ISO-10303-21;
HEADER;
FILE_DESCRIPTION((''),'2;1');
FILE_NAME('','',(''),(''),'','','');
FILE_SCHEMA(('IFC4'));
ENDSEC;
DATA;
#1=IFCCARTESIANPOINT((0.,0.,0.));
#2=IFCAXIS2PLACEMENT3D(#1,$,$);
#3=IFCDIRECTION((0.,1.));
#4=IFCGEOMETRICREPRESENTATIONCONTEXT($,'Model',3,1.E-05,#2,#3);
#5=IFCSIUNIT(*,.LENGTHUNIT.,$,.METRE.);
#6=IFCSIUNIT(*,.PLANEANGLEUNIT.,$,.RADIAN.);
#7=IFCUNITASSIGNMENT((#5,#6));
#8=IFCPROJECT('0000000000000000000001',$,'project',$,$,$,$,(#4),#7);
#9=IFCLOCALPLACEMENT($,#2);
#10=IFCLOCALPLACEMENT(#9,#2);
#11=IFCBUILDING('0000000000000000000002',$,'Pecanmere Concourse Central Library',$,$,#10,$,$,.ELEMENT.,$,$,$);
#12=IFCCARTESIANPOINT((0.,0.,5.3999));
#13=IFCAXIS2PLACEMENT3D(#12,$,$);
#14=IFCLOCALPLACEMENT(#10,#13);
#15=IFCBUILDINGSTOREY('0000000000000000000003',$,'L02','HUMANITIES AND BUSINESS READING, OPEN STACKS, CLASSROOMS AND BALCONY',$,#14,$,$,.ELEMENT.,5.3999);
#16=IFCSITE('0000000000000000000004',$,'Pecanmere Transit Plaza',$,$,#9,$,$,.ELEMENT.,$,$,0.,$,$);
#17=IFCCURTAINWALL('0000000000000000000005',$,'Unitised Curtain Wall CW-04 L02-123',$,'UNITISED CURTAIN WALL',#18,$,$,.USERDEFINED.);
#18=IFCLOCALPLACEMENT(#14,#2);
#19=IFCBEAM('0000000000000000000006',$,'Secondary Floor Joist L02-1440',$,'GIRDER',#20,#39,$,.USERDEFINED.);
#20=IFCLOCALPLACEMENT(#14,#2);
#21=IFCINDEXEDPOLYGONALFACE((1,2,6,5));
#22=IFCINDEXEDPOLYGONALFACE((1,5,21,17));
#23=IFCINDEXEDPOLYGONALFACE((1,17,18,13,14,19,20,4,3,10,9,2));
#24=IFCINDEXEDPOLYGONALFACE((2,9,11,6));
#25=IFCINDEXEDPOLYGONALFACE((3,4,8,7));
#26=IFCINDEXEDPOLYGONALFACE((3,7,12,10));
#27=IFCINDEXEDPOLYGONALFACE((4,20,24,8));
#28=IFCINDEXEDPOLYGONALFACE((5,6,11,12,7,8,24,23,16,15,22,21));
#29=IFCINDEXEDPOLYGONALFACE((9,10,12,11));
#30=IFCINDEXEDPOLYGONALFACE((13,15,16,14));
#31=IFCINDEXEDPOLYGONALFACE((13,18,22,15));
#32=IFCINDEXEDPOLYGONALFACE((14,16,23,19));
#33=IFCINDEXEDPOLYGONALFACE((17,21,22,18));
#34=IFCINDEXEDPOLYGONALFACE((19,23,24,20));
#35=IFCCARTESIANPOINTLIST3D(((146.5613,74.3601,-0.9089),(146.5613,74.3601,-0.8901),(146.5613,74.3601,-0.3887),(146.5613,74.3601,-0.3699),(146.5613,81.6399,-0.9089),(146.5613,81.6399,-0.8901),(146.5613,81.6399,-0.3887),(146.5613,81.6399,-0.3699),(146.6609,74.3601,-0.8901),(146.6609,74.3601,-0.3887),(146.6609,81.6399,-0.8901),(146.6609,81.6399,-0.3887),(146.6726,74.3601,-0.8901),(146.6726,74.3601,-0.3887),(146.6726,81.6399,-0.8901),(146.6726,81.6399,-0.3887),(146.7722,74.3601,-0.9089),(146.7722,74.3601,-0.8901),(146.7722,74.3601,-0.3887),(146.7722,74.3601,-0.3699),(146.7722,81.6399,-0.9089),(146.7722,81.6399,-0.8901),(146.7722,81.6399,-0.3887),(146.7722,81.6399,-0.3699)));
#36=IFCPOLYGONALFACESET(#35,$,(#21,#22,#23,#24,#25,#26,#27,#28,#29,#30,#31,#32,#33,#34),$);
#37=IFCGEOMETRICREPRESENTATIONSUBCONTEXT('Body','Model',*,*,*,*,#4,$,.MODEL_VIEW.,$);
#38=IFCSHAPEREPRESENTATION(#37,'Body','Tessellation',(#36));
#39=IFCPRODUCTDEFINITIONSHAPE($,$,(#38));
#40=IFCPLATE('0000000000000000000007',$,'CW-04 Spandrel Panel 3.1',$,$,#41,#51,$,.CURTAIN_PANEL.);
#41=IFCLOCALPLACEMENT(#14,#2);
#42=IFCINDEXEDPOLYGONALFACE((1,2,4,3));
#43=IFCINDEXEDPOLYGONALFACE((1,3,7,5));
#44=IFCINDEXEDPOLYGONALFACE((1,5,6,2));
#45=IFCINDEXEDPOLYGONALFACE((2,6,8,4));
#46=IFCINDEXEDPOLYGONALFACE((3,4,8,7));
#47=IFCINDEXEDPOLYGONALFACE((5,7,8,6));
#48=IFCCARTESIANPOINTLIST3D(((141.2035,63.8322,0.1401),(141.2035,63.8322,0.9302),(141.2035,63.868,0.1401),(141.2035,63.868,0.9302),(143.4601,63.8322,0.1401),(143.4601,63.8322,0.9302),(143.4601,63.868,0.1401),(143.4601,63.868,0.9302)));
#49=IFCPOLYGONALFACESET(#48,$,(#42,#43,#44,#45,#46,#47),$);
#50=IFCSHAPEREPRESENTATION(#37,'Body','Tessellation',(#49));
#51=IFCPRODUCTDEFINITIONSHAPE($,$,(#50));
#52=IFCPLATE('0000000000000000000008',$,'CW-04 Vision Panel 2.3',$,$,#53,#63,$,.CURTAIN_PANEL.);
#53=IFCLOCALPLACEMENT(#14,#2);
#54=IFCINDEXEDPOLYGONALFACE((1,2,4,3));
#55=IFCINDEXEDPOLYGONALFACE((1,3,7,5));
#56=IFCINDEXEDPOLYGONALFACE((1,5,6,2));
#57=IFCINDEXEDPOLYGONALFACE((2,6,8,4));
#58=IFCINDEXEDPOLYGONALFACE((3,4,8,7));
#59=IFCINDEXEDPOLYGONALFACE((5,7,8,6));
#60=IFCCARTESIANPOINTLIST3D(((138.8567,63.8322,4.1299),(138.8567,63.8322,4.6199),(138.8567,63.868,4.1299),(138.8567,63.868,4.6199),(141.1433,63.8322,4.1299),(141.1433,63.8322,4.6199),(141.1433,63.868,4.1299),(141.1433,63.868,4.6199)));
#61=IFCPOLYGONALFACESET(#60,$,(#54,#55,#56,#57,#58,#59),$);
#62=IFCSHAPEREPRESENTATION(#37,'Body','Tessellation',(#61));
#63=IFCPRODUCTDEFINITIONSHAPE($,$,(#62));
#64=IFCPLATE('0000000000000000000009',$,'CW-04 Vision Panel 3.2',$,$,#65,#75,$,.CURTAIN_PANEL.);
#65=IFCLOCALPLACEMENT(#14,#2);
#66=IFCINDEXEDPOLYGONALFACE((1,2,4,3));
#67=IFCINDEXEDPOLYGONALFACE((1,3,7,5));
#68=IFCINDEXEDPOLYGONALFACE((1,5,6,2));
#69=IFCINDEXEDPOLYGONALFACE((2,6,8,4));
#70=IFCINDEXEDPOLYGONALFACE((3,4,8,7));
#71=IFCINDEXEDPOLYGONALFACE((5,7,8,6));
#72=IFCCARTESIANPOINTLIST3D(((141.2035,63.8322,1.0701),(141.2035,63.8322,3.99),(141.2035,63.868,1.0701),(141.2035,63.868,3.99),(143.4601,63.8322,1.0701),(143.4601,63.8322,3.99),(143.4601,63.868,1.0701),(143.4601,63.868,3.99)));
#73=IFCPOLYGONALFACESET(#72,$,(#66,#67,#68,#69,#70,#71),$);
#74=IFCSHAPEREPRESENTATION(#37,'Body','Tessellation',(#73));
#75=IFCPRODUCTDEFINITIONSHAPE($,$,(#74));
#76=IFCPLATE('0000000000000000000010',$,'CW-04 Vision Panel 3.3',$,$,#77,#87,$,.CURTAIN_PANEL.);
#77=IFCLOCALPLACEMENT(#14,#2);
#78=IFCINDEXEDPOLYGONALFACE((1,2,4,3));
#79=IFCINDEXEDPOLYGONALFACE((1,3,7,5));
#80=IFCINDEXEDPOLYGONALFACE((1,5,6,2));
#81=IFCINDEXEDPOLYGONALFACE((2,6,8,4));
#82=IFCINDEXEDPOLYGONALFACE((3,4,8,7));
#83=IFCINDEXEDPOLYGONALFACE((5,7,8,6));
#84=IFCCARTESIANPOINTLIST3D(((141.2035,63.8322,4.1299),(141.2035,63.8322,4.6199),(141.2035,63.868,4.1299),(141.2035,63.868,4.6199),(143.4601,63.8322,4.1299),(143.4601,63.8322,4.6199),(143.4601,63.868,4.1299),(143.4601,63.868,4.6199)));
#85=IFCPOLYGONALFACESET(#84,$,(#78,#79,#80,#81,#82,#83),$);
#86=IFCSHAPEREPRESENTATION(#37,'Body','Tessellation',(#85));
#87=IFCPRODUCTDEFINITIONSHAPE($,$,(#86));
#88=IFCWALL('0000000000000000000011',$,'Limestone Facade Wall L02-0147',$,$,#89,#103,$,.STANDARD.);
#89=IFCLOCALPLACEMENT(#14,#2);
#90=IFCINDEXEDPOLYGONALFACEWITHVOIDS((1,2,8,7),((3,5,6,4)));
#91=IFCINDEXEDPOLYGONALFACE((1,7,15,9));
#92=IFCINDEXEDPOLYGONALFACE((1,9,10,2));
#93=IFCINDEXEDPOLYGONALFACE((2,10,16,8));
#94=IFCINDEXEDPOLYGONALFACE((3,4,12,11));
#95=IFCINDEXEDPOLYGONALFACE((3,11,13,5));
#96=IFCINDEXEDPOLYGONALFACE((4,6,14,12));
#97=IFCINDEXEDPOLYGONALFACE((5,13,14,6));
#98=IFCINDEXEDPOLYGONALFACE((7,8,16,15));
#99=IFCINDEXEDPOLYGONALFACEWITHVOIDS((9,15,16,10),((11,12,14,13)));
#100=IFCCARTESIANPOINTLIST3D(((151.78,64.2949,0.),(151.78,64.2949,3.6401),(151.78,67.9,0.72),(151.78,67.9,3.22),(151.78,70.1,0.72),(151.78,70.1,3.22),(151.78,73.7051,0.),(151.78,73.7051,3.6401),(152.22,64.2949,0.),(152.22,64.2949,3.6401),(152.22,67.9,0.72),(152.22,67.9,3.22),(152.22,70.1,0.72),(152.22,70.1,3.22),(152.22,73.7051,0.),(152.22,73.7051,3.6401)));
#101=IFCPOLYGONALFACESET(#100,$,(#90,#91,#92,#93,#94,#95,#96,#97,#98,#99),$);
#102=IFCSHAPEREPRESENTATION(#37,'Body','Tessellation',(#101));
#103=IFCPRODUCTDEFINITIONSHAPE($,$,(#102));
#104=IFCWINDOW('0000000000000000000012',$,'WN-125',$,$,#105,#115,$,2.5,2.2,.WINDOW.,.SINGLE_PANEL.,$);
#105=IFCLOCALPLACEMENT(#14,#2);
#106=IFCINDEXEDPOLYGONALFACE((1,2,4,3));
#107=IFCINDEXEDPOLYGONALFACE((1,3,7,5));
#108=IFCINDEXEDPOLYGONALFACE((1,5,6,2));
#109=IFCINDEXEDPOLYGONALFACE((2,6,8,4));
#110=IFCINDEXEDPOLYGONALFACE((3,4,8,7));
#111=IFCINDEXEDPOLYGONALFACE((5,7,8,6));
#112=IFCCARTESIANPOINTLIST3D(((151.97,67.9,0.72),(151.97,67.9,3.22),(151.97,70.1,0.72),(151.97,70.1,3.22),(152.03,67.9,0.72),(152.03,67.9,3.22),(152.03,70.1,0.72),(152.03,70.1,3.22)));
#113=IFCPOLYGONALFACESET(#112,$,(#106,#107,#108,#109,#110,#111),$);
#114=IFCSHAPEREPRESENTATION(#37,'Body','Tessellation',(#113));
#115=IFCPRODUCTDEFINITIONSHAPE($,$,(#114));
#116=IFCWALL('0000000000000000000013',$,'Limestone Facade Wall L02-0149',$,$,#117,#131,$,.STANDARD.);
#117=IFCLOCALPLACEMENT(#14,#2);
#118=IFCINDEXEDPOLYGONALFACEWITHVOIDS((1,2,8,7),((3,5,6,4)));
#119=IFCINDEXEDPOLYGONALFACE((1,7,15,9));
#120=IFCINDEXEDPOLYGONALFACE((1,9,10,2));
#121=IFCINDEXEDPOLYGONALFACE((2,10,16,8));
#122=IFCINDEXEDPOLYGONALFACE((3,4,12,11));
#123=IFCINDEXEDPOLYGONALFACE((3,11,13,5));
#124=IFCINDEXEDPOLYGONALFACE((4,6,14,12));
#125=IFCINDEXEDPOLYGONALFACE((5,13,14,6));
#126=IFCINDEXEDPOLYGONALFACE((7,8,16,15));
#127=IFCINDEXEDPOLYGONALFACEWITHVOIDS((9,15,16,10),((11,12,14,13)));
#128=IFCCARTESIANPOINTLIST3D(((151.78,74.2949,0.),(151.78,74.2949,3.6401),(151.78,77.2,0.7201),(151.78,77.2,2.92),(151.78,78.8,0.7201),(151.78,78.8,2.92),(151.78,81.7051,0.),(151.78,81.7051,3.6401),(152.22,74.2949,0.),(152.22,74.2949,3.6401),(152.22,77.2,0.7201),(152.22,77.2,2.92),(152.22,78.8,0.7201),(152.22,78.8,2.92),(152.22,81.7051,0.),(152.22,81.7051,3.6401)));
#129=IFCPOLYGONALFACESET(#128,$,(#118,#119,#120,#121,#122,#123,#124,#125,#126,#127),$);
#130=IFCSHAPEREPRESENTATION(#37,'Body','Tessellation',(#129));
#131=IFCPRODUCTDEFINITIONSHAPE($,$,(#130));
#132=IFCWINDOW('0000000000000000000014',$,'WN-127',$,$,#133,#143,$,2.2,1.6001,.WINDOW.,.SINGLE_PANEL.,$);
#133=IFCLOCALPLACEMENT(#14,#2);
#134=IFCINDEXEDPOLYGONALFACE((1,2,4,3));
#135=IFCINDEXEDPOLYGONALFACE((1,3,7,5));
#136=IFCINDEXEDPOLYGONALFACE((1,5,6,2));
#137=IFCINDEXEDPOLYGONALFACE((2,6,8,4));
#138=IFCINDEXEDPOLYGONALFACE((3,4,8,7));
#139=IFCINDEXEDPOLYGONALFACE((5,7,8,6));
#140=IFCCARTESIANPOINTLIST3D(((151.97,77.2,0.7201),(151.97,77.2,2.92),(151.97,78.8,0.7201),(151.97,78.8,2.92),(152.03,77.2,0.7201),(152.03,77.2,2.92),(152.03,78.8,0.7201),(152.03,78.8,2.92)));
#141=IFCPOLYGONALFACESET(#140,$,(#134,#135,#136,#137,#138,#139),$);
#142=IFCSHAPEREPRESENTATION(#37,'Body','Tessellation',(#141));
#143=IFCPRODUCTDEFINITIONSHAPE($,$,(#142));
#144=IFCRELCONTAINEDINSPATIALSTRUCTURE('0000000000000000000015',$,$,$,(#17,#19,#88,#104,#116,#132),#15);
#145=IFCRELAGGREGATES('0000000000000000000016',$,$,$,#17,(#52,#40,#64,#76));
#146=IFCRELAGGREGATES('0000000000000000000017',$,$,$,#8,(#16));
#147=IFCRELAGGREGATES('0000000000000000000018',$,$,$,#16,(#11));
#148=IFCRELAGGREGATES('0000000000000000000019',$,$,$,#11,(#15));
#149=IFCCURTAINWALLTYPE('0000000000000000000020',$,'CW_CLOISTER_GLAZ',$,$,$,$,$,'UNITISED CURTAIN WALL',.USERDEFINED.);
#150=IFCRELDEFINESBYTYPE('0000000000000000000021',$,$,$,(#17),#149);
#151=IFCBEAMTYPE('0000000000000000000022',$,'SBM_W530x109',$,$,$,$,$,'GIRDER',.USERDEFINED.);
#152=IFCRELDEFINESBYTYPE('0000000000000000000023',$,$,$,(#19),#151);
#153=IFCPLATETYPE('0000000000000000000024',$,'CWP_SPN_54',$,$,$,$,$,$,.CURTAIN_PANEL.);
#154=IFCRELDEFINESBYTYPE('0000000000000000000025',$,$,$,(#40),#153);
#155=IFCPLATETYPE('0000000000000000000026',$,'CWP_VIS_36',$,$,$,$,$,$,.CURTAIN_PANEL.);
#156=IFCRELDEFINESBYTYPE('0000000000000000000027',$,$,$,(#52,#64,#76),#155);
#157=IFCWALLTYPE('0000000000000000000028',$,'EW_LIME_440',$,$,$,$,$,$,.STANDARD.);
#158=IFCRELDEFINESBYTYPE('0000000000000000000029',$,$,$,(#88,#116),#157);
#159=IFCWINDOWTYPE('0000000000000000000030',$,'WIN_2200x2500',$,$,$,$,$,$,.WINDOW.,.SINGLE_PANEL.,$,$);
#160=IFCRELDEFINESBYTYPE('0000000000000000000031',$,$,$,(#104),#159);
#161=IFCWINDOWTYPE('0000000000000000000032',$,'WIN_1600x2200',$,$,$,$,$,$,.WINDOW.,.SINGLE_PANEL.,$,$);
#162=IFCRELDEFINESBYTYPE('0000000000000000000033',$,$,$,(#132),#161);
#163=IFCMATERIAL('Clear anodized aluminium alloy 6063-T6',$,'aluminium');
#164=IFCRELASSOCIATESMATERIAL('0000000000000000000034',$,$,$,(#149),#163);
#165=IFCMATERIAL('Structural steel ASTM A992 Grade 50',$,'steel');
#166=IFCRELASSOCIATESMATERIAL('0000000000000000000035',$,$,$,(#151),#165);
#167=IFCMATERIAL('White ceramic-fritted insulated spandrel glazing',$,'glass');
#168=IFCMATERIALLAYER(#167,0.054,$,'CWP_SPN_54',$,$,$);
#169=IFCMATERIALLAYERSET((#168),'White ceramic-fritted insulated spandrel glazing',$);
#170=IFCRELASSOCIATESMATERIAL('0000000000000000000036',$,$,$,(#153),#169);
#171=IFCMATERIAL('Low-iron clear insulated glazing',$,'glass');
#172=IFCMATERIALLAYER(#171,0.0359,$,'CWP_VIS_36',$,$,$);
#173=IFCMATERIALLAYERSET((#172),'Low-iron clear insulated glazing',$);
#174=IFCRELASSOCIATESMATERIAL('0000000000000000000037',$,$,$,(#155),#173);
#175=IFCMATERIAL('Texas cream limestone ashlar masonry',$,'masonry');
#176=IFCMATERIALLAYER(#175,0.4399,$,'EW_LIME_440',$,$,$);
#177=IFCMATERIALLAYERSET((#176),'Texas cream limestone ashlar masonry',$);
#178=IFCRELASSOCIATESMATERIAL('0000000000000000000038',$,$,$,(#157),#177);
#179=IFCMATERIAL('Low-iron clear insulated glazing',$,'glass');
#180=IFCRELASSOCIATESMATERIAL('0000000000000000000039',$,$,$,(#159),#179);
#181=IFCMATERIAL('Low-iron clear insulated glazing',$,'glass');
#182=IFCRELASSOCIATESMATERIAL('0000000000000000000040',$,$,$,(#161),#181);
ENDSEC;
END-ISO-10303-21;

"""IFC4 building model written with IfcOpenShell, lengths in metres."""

from ifc_helpers import new_model, si_unit, direction, frame, frame_2d, origin, origin_2d, place, context, subcontext, project, spatial, rectangle, i_section, extrude, material, layer, layer_set, material_profile, profile_set, type_object, element, fill, aggregate, save


model = new_model("IFC4")

# Units and contexts
model_context = context("Model", 3, precision=1e-05, world=origin(), true_north=direction((0.0, 1.0)))
body_context = subcontext(model_context, "Body", "Model", "MODEL_VIEW")
ifc_project = project(units=[si_unit("LENGTHUNIT", "METRE"), si_unit("PLANEANGLEUNIT", "RADIAN")], contexts=[model_context])

# Site, building, storey
site_placement = place(None, origin())
site = spatial("IfcSite", under=ifc_project, at=site_placement, Name="Pecanmere Transit Plaza", CompositionType="ELEMENT", RefElevation=0.0)
building_placement = place(site_placement, origin())
building = spatial("IfcBuilding", under=site, at=building_placement, Name="Pecanmere Concourse Central Library", CompositionType="ELEMENT")
storey_placement = place(building_placement, frame((0.0, 0.0, 5.3999)))
storey = spatial("IfcBuildingStorey", under=building, at=storey_placement, Name="L02", Description="HUMANITIES AND BUSINESS READING, OPEN STACKS, CLASSROOMS AND BALCONY", CompositionType="ELEMENT", Elevation=5.3999)

# Curtain wall
ifc_material_1 = material(Name="Clear anodized aluminium alloy 6063-T6", Category="aluminium")
curtain_wall_type = type_object("IfcCurtainWallType", Name="CW_CLOISTER_GLAZ", ElementType="UNITISED CURTAIN WALL", PredefinedType="USERDEFINED", material=ifc_material_1)
curtain_wall_placement = place(storey_placement, origin())
curtain_wall = element("IfcCurtainWall", 1, at=curtain_wall_placement, inside=storey, type_object=curtain_wall_type, Name="Unitised Curtain Wall CW-04 L02-123", ObjectType="UNITISED CURTAIN WALL", PredefinedType="USERDEFINED")

# Beam
ifc_material_2 = material(Name="Structural steel ASTM A992 Grade 50", Category="steel")
ifc_material_profile_1 = material_profile(ifc_material_2, i_section(OverallWidth=0.2109, OverallDepth=0.5391, WebThickness=0.0117, FlangeThickness=0.0188, at=origin_2d()), Name="W530x109")
ifc_profile_set_1 = profile_set([ifc_material_profile_1], Name="Structural steel ASTM A992 Grade 50")
beam_type_1 = type_object("IfcBeamType", Name="SBM_W530x109", ElementType="GIRDER", PredefinedType="USERDEFINED", material=ifc_profile_set_1)
beam_1_placement = place(storey_placement, frame((146.6667, 74.3601, -0.6394), z_axis=(0.0, 1.0, 0.0), x_axis=(-1.0, 0.0, 0.0)))
element("IfcBeam", 2, at=beam_1_placement, inside=storey, type_object=beam_type_1, Name="Secondary Floor Joist L02-1440", ObjectType="GIRDER", PredefinedType="USERDEFINED", context=body_context, shape_type="SweptSolid", body=[
    extrude(i_section(OverallWidth=0.2109, OverallDepth=0.5391, WebThickness=0.0117, FlangeThickness=0.0188, at=origin_2d()), origin(), (0.0, 0.0, 1.0), 7.2798),
])

# Plates
ifc_material_3 = material(Name="White ceramic-fritted insulated spandrel glazing", Category="glass")
ifc_layer_1 = layer(ifc_material_3, 0.054, Name="CWP_SPN_54")
ifc_layer_set_1 = layer_set([ifc_layer_1], Name="White ceramic-fritted insulated spandrel glazing")
plate_type_1 = type_object("IfcPlateType", Name="CWP_SPN_54", PredefinedType="CURTAIN_PANEL", material=ifc_layer_set_1)
plate_1_placement = place(storey_placement, frame((142.3318, 63.8501, 0.1401), z_axis=(0.0, 0.0, 1.0), x_axis=(1.0, 0.0, 0.0)))
plate_1 = element("IfcPlate", 3, at=plate_1_placement, type_object=plate_type_1, Name="CW-04 Spandrel Panel 3.1", PredefinedType="CURTAIN_PANEL", context=body_context, shape_type="SweptSolid", body=[
    extrude(rectangle(XDim=2.2566, YDim=0.0359, at=origin_2d()), origin(), (0.0, 0.0, 1.0), 0.79),
])
ifc_material_4 = material(Name="Low-iron clear insulated glazing", Category="glass")
ifc_layer_2 = layer(ifc_material_4, 0.0359, Name="CWP_VIS_36")
ifc_layer_set_2 = layer_set([ifc_layer_2], Name="Low-iron clear insulated glazing")
plate_type_2 = type_object("IfcPlateType", Name="CWP_VIS_36", PredefinedType="CURTAIN_PANEL", material=ifc_layer_set_2)
plate_2_placement = place(storey_placement, frame((140.0, 63.8501, 4.1299), z_axis=(0.0, 0.0, 1.0), x_axis=(1.0, 0.0, 0.0)))
plate_2 = element("IfcPlate", 4, at=plate_2_placement, type_object=plate_type_2, Name="CW-04 Vision Panel 2.3", PredefinedType="CURTAIN_PANEL", context=body_context, shape_type="SweptSolid", body=[
    extrude(rectangle(XDim=2.2866, YDim=0.0359, at=origin_2d()), origin(), (0.0, 0.0, 1.0), 0.49),
])
plate_3_placement = place(storey_placement, frame((142.3318, 63.8501, 1.0701), z_axis=(0.0, 0.0, 1.0), x_axis=(1.0, 0.0, 0.0)))
plate_3 = element("IfcPlate", 5, at=plate_3_placement, type_object=plate_type_2, Name="CW-04 Vision Panel 3.2", PredefinedType="CURTAIN_PANEL", context=body_context, shape_type="SweptSolid", body=[
    extrude(rectangle(XDim=2.2566, YDim=0.0359, at=origin_2d()), origin(), (0.0, 0.0, 1.0), 2.9199),
])
plate_4_placement = place(storey_placement, frame((142.3318, 63.8501, 4.1299), z_axis=(0.0, 0.0, 1.0), x_axis=(1.0, 0.0, 0.0)))
plate_4 = element("IfcPlate", 6, at=plate_4_placement, type_object=plate_type_2, Name="CW-04 Vision Panel 3.3", PredefinedType="CURTAIN_PANEL", context=body_context, shape_type="SweptSolid", body=[
    extrude(rectangle(XDim=2.2566, YDim=0.0359, at=origin_2d()), origin(), (0.0, 0.0, 1.0), 0.49),
])
aggregate(curtain_wall, [plate_2, plate_1, plate_3, plate_4])

# Walls, openings, windows
ifc_material_5 = material(Name="Texas cream limestone ashlar masonry", Category="masonry")
ifc_layer_3 = layer(ifc_material_5, 0.4399, Name="EW_LIME_440")
ifc_layer_set_3 = layer_set([ifc_layer_3], Name="Texas cream limestone ashlar masonry")
wall_type = type_object("IfcWallType", Name="EW_LIME_440", PredefinedType="STANDARD", material=ifc_layer_set_3)
wall_1_placement = place(storey_placement, frame((152.0, 64.2949, 0.0), z_axis=(0.0, 0.0, 1.0), x_axis=(0.0, 1.0, 0.0)))
wall_1 = element("IfcWall", 7, at=wall_1_placement, inside=storey, type_object=wall_type, Name="Limestone Facade Wall L02-0147", PredefinedType="STANDARD", context=body_context, shape_type="SweptSolid", body=[
    extrude(rectangle(XDim=9.4102, YDim=0.4399, at=frame_2d((4.7051, 0.0))), origin(), (0.0, 0.0, 1.0), 3.6401),
])
opening_1_placement = place(wall_1_placement, frame((3.605, 0.0, 0.72)))
opening_1 = element("IfcOpeningElement", 8, at=opening_1_placement, cuts=wall_1, PredefinedType="OPENING", context=body_context, shape_type="SweptSolid", body=[
    extrude(rectangle(XDim=2.2, YDim=2.5, at=frame_2d((1.1001, 1.25))), frame((0.0, 0.2319, 0.0), z_axis=(0.0, -1.0, 0.0), x_axis=(1.0, 0.0, 0.0)), (0.0, 0.0, 1.0), 0.4639),
])
ifc_material_6 = material(Name="Low-iron clear insulated glazing", Category="glass")
window_type_1 = type_object("IfcWindowType", Name="WIN_2200x2500", PartitioningType="SINGLE_PANEL", PredefinedType="WINDOW", material=ifc_material_6)
window_1_placement = place(opening_1_placement, origin())
window_1 = element("IfcWindow", 9, at=window_1_placement, inside=storey, type_object=window_type_1, Name="WN-125", OverallHeight=2.5, OverallWidth=2.2, PartitioningType="SINGLE_PANEL", PredefinedType="WINDOW", context=body_context, shape_type="SweptSolid", body=[
    extrude(rectangle(XDim=2.2, YDim=2.5, at=frame_2d((1.1001, 1.25))), frame((0.0, 0.03, 0.0), z_axis=(0.0, -1.0, 0.0), x_axis=(1.0, 0.0, 0.0)), (0.0, 0.0, 1.0), 0.0601),
])
fill(opening_1, window_1)
wall_2_placement = place(storey_placement, frame((152.0, 74.2949, 0.0), z_axis=(0.0, 0.0, 1.0), x_axis=(0.0, 1.0, 0.0)))
wall_2 = element("IfcWall", 10, at=wall_2_placement, inside=storey, type_object=wall_type, Name="Limestone Facade Wall L02-0149", PredefinedType="STANDARD", context=body_context, shape_type="SweptSolid", body=[
    extrude(rectangle(XDim=7.4102, YDim=0.4399, at=frame_2d((3.7051, 0.0))), origin(), (0.0, 0.0, 1.0), 3.6401),
])
opening_2_placement = place(wall_2_placement, frame((2.905, 0.0, 0.72)))
opening_2 = element("IfcOpeningElement", 11, at=opening_2_placement, cuts=wall_2, PredefinedType="OPENING", context=body_context, shape_type="SweptSolid", body=[
    extrude(rectangle(XDim=1.6001, YDim=2.2, at=frame_2d((0.8, 1.1001))), frame((0.0, 0.2319, 0.0), z_axis=(0.0, -1.0, 0.0), x_axis=(1.0, 0.0, 0.0)), (0.0, 0.0, 1.0), 0.4639),
])
ifc_material_7 = material(Name="Low-iron clear insulated glazing", Category="glass")
window_type_2 = type_object("IfcWindowType", Name="WIN_1600x2200", PartitioningType="SINGLE_PANEL", PredefinedType="WINDOW", material=ifc_material_7)
window_2_placement = place(opening_2_placement, origin())
window_2 = element("IfcWindow", 12, at=window_2_placement, inside=storey, type_object=window_type_2, Name="WN-127", OverallHeight=2.2, OverallWidth=1.6001, PartitioningType="SINGLE_PANEL", PredefinedType="WINDOW", context=body_context, shape_type="SweptSolid", body=[
    extrude(rectangle(XDim=1.6001, YDim=2.2, at=frame_2d((0.8, 1.1001))), frame((0.0, 0.03, 0.0), z_axis=(0.0, -1.0, 0.0), x_axis=(1.0, 0.0, 0.0)), (0.0, 0.0, 1.0), 0.0601),
])
fill(opening_2, window_2)

save(model, "model.ifc")
